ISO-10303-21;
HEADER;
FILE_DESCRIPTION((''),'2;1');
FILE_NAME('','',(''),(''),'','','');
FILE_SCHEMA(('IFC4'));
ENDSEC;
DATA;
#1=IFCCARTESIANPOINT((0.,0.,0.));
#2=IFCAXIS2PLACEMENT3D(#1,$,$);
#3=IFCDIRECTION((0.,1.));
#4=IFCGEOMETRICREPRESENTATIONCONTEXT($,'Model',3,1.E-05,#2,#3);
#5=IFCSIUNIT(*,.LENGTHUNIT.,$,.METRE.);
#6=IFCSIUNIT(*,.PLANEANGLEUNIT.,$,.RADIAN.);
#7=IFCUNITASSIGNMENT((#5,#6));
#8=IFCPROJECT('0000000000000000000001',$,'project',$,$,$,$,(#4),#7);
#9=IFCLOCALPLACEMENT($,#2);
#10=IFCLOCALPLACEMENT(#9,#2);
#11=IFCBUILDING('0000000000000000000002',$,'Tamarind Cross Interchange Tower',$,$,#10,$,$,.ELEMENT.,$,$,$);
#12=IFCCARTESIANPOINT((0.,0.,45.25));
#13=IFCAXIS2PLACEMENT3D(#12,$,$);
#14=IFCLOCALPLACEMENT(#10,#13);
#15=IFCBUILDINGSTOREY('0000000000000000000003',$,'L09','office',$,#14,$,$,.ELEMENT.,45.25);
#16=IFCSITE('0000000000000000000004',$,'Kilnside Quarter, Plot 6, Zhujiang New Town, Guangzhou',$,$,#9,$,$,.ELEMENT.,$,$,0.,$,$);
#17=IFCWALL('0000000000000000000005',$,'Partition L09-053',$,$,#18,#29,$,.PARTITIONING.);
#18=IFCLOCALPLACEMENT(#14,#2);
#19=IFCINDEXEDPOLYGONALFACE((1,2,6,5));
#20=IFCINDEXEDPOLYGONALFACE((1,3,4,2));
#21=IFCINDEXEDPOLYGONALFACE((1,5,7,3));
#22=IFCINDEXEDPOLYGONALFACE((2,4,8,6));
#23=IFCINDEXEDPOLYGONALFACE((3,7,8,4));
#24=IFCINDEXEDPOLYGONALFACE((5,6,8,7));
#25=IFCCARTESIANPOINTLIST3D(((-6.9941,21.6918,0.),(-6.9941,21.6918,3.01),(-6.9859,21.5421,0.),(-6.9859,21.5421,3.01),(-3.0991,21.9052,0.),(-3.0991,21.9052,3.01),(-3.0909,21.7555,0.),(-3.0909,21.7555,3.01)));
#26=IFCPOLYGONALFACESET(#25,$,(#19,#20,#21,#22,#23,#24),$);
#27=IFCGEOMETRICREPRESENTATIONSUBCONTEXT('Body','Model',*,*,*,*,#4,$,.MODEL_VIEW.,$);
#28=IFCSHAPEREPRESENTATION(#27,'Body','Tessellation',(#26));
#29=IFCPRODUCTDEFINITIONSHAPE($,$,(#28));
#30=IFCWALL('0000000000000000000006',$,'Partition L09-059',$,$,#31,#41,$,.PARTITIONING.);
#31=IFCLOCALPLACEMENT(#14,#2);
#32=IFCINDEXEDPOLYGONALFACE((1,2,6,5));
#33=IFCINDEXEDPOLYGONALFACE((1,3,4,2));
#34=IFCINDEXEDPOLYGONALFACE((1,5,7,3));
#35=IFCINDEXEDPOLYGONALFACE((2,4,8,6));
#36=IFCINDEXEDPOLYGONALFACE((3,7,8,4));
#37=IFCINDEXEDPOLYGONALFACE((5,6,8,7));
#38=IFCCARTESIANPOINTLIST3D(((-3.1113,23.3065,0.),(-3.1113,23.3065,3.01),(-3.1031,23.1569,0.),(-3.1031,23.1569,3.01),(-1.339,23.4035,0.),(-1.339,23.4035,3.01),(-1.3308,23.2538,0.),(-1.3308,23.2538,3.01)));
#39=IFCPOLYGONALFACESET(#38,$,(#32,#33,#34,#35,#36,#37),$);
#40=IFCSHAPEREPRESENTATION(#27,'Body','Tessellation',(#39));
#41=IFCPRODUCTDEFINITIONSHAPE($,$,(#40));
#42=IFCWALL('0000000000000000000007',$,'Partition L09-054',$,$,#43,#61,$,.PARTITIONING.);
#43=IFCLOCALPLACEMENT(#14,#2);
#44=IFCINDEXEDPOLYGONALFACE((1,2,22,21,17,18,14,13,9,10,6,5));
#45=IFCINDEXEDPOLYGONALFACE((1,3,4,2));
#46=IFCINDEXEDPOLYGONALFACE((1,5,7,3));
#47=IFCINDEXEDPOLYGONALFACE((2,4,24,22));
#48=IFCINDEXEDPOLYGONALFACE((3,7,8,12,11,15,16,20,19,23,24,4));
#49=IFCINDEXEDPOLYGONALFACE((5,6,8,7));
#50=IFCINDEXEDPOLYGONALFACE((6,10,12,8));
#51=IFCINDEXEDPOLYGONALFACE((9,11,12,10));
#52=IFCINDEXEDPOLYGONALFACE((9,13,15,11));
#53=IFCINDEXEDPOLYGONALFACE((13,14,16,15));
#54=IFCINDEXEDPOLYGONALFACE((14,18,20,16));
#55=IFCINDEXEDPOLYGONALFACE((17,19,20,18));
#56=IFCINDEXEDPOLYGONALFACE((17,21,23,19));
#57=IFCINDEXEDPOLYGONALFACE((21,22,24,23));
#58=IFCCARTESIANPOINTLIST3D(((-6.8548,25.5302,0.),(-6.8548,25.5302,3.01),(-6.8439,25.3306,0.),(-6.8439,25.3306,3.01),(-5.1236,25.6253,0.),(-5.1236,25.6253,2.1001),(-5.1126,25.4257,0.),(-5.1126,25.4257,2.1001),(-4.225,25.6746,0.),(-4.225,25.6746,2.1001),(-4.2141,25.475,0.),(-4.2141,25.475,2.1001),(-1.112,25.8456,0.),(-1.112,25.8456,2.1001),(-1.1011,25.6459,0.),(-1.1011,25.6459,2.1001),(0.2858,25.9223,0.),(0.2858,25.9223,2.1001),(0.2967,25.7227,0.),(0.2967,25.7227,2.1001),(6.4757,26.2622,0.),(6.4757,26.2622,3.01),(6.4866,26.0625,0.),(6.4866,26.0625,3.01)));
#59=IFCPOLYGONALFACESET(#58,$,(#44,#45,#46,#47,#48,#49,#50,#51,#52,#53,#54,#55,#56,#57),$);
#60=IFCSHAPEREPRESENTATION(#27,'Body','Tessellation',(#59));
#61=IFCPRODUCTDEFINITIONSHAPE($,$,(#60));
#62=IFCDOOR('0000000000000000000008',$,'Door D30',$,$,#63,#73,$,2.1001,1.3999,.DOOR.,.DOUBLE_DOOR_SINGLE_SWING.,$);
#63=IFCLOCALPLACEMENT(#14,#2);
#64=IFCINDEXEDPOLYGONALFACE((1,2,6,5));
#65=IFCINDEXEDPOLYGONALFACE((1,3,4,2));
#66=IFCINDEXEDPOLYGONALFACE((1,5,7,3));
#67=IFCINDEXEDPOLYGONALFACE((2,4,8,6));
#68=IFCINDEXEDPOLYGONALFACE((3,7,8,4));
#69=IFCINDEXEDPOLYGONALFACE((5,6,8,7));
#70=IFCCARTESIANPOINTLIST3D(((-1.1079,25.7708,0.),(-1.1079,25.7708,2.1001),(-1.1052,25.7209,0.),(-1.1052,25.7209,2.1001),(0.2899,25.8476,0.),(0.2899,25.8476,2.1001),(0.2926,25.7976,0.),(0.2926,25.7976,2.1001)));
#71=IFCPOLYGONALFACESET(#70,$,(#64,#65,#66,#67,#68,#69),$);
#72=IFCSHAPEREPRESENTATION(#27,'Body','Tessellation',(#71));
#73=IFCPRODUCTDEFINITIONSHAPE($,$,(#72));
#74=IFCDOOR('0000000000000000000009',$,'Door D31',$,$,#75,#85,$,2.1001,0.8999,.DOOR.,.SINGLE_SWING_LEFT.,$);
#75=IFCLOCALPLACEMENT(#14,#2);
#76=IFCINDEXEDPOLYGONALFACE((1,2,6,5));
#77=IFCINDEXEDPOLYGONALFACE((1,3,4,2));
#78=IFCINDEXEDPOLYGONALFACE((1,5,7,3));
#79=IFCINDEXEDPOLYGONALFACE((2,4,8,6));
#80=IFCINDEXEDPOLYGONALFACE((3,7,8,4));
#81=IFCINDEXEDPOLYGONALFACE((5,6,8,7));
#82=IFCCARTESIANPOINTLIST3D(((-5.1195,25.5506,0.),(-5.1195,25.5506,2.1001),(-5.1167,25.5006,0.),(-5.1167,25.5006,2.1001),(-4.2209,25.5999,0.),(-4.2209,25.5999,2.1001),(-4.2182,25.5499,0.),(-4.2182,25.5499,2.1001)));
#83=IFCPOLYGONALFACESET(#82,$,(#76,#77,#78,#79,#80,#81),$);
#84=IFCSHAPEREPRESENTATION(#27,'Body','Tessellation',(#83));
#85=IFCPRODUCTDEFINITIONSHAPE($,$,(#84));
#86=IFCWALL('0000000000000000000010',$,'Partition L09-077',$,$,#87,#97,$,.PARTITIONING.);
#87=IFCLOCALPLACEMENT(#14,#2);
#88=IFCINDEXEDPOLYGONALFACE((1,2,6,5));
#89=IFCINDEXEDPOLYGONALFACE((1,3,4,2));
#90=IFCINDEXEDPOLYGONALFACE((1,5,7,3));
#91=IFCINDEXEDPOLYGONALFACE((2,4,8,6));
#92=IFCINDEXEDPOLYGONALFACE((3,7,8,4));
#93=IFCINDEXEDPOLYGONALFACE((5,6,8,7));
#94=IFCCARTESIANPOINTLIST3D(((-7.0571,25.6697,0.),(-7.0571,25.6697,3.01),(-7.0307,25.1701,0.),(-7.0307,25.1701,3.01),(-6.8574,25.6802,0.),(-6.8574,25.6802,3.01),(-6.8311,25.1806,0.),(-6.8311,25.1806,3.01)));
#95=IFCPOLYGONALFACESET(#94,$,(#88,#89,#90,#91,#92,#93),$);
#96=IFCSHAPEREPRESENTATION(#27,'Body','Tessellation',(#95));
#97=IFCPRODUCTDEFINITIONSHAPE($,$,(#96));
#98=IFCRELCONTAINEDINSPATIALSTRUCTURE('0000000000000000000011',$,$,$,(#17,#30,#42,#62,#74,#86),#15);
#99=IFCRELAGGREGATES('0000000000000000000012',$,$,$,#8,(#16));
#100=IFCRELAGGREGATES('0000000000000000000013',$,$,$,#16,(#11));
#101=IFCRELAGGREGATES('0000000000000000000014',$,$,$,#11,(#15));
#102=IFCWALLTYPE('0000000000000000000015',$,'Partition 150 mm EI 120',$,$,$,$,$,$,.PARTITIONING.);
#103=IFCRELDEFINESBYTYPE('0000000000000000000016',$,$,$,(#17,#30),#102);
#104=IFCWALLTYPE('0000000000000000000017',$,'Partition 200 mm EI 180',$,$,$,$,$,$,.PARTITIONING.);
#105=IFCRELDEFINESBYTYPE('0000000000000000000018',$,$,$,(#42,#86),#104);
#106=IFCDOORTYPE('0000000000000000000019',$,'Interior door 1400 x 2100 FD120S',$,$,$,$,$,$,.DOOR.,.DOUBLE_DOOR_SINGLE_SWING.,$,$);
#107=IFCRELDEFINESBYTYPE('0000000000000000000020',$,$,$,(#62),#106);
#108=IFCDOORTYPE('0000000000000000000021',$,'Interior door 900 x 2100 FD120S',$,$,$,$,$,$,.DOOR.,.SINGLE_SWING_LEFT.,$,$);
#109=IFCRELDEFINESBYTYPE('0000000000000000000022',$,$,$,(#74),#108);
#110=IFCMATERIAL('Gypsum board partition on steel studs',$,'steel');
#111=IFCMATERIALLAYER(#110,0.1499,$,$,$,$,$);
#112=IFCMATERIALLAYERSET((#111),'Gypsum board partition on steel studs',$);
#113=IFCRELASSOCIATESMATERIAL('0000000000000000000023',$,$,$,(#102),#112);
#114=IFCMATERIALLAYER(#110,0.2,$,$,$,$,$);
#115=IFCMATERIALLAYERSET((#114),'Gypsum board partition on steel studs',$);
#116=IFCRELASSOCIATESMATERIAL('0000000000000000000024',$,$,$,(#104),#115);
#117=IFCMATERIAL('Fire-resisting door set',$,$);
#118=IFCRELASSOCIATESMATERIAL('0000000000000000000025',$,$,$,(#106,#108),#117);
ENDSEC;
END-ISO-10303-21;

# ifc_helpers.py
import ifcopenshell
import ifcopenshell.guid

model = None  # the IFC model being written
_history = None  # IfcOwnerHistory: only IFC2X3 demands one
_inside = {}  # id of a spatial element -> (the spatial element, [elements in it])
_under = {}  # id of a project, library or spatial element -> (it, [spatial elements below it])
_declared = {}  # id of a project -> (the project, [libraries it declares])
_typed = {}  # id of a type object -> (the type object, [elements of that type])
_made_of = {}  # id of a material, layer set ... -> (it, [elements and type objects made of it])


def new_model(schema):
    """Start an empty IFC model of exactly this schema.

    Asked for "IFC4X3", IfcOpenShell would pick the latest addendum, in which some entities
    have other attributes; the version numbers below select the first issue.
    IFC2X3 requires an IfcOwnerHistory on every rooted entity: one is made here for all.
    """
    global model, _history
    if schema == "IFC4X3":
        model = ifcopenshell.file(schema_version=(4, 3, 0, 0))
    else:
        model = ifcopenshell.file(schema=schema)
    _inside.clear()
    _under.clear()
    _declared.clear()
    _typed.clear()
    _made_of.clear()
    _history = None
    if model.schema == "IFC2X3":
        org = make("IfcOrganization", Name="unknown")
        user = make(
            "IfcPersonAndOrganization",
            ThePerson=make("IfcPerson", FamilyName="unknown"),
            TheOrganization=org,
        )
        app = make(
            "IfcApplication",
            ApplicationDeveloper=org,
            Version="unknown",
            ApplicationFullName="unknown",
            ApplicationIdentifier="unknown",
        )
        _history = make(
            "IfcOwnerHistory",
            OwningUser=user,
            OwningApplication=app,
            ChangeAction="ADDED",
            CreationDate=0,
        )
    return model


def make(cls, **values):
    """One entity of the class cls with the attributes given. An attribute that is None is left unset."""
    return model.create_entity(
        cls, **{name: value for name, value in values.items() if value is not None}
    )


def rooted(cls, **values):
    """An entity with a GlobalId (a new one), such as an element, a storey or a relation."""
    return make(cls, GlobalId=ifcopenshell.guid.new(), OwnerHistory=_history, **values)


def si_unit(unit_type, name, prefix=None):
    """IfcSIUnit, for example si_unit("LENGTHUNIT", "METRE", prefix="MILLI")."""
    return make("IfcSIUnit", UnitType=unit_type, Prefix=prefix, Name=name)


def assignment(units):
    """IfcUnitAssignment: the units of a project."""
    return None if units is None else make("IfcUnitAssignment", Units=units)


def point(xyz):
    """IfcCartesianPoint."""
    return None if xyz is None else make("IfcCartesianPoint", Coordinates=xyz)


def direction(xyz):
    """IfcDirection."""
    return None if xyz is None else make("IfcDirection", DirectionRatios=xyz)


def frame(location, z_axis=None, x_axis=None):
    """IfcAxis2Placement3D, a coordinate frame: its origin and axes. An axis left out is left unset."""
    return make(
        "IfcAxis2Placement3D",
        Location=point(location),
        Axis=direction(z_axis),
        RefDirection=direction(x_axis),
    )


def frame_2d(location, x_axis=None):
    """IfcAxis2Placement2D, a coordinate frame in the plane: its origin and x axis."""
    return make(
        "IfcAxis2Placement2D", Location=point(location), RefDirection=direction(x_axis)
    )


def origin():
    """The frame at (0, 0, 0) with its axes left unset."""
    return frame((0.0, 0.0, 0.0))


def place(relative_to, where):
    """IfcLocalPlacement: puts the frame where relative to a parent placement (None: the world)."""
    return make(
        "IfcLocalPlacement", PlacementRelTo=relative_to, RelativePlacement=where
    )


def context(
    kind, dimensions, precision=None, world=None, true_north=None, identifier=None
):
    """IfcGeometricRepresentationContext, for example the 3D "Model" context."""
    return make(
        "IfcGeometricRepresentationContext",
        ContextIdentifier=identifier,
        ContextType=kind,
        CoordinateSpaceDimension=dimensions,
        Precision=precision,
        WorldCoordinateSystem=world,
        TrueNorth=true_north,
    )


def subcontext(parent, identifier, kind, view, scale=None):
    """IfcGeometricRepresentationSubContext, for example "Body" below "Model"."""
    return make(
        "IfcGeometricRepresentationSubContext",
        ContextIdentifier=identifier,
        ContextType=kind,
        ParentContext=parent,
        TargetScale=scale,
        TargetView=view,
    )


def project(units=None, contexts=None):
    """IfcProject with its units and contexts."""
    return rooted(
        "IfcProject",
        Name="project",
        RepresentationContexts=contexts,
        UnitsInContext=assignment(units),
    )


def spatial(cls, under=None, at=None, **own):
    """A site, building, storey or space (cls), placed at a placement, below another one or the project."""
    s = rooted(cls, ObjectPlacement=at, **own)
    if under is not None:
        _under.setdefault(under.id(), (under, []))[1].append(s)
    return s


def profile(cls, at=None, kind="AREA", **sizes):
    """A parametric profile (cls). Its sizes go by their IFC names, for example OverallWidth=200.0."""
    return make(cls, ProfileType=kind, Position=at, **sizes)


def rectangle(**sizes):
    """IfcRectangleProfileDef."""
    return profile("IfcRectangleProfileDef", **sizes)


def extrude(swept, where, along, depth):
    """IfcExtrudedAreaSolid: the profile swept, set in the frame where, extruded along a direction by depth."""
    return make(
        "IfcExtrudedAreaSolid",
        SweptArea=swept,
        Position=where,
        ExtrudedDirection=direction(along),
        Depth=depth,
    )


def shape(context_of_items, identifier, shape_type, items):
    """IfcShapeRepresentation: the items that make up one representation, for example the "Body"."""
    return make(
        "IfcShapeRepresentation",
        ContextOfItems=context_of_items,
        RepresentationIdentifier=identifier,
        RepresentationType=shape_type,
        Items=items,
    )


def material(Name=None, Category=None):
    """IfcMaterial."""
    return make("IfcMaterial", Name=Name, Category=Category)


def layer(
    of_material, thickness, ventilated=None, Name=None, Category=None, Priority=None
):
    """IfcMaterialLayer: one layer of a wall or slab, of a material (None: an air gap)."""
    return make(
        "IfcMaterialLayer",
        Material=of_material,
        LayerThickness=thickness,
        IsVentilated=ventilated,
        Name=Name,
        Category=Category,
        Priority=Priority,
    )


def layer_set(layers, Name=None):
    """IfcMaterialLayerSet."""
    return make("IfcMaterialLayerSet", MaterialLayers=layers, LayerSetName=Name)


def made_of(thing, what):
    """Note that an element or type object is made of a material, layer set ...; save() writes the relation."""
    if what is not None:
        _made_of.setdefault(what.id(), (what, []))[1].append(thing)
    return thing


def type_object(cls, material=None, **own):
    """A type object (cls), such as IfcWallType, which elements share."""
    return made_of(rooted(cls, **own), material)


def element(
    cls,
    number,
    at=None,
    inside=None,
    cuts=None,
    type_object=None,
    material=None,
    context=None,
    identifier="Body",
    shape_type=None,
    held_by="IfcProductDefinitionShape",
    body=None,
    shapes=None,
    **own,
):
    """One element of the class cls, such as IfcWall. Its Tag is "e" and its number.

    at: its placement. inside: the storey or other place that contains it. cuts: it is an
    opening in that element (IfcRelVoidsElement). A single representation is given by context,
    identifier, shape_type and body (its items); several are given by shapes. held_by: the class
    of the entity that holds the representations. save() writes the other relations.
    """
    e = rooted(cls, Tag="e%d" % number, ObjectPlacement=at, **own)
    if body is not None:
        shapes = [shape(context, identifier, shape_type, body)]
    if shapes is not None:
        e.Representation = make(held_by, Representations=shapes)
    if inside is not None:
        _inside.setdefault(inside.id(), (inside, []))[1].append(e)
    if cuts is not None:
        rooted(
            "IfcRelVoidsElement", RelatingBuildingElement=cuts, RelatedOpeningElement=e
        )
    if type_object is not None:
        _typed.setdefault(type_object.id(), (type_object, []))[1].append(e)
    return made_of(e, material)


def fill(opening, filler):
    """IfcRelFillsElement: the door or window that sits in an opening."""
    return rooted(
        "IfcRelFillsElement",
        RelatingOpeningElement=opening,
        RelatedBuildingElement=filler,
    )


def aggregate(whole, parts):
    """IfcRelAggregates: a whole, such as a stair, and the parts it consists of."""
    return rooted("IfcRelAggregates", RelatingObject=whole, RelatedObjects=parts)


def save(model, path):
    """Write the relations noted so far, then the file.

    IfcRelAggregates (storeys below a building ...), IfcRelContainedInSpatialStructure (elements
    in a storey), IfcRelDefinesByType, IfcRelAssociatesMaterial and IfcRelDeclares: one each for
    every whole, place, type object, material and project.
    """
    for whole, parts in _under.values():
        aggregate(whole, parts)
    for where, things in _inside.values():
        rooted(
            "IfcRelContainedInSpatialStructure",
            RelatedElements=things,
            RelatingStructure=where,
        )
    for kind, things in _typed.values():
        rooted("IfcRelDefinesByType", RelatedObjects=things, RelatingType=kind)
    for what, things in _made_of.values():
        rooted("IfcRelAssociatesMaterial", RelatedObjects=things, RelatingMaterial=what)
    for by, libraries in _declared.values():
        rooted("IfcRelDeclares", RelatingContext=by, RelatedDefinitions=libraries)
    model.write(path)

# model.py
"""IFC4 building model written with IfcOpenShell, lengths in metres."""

from ifc_helpers import new_model, si_unit, direction, frame, frame_2d, origin, place, context, subcontext, project, spatial, rectangle, extrude, material, layer, layer_set, type_object, element, fill, save


model = new_model("IFC4")

# Units and contexts
model_context = context("Model", 3, precision=1e-05, world=origin(), true_north=direction((0.0, 1.0)))
body_context = subcontext(model_context, "Body", "Model", "MODEL_VIEW")
ifc_project = project(units=[si_unit("LENGTHUNIT", "METRE"), si_unit("PLANEANGLEUNIT", "RADIAN")], contexts=[model_context])

# Site, building, storey
site_placement = place(None, origin())
site = spatial("IfcSite", under=ifc_project, at=site_placement, Name="Kilnside Quarter, Plot 6, Zhujiang New Town, Guangzhou", CompositionType="ELEMENT", RefElevation=0.0)
building_placement = place(site_placement, origin())
building = spatial("IfcBuilding", under=site, at=building_placement, Name="Tamarind Cross Interchange Tower", CompositionType="ELEMENT")
storey_placement = place(building_placement, frame((0.0, 0.0, 45.25)))
storey = spatial("IfcBuildingStorey", under=building, at=storey_placement, Name="L09", Description="office", CompositionType="ELEMENT", Elevation=45.25)

# Shared definitions
ifc_material_1 = material(Name="Gypsum board partition on steel studs", Category="steel")

# Shared definitions
ifc_layer_1 = layer(ifc_material_1, 0.1499)
ifc_layer_set_1 = layer_set([ifc_layer_1], Name="Gypsum board partition on steel studs")
wall_type_1 = type_object("IfcWallType", Name="Partition 150 mm EI 120", PredefinedType="PARTITIONING", material=ifc_layer_set_1)
ifc_material_2 = material(Name="Fire-resisting door set")

# Walls
wall_1_placement = place(storey_placement, frame((-6.99, 21.6169, 0.0), z_axis=(0.0, 0.0, 1.0), x_axis=(0.998503, 0.0547, 0.0)))
element("IfcWall", 1, at=wall_1_placement, inside=storey, type_object=wall_type_1, Name="Partition L09-053", PredefinedType="PARTITIONING", context=body_context, shape_type="SweptSolid", body=[
    extrude(rectangle(XDim=3.9009, YDim=0.1499, at=frame_2d((1.9504, 0.0))), origin(), (0.0, 0.0, 1.0), 3.01),
])
wall_2_placement = place(storey_placement, frame((-3.1072, 23.2317, 0.0), z_axis=(0.0, 0.0, 1.0), x_axis=(0.998508, 0.054609, 0.0)))
element("IfcWall", 2, at=wall_2_placement, inside=storey, type_object=wall_type_1, Name="Partition L09-059", PredefinedType="PARTITIONING", context=body_context, shape_type="SweptSolid", body=[
    extrude(rectangle(XDim=1.7749, YDim=0.1499, at=frame_2d((0.8875, 0.0))), origin(), (0.0, 0.0, 1.0), 3.01),
])

# Wall, openings, doors
ifc_layer_2 = layer(ifc_material_1, 0.2)
ifc_layer_set_2 = layer_set([ifc_layer_2], Name="Gypsum board partition on steel studs")
wall_type_2 = type_object("IfcWallType", Name="Partition 200 mm EI 180", PredefinedType="PARTITIONING", material=ifc_layer_set_2)
wall_3_placement = place(storey_placement, frame((-6.8494, 25.4304, 0.0), z_axis=(0.0, 0.0, 1.0), x_axis=(0.998496, 0.054824, 0.0)))
wall_3 = element("IfcWall", 3, at=wall_3_placement, inside=storey, type_object=wall_type_2, Name="Partition L09-054", PredefinedType="PARTITIONING", context=body_context, shape_type="SweptSolid", body=[
    extrude(rectangle(XDim=13.3506, YDim=0.2, at=frame_2d((6.6753, 0.0))), origin(), (0.0, 0.0, 1.0), 3.01),
])
opening_1_placement = place(wall_3_placement, frame((5.7515, 0.0, 0.0)))
opening_1 = element("IfcOpeningElement", 4, at=opening_1_placement, cuts=wall_3, PredefinedType="OPENING", context=body_context, shape_type="SweptSolid", body=[
    extrude(rectangle(XDim=1.3999, YDim=2.1001, at=frame_2d((0.7, 1.05))), frame((0.0, 0.1099, 0.0), z_axis=(0.0, -1.0, 0.0), x_axis=(1.0, 0.0, 0.0)), (0.0, 0.0, 1.0), 0.22),
])
opening_2_placement = place(wall_3_placement, frame((1.7339, 0.0, 0.0)))
opening_2 = element("IfcOpeningElement", 5, at=opening_2_placement, cuts=wall_3, PredefinedType="OPENING", context=body_context, shape_type="SweptSolid", body=[
    extrude(rectangle(XDim=0.8999, YDim=2.1001, at=frame_2d((0.45, 1.05))), frame((0.0, 0.1099, 0.0), z_axis=(0.0, -1.0, 0.0), x_axis=(1.0, 0.0, 0.0)), (0.0, 0.0, 1.0), 0.22),
])
door_type_1 = type_object("IfcDoorType", Name="Interior door 1400 x 2100 FD120S", OperationType="DOUBLE_DOOR_SINGLE_SWING", PredefinedType="DOOR", material=ifc_material_2)
door_1_placement = place(opening_1_placement, frame((1.3999, 0.0, 0.0), z_axis=(0.0, 0.0, 1.0), x_axis=(-1.0, 0.0, 0.0)))
door_1 = element("IfcDoor", 6, at=door_1_placement, inside=storey, type_object=door_type_1, Name="Door D30", OperationType="DOUBLE_DOOR_SINGLE_SWING", OverallHeight=2.1001, OverallWidth=1.3999, PredefinedType="DOOR", context=body_context, shape_type="SweptSolid", body=[
    extrude(rectangle(XDim=1.3999, YDim=2.1001, at=frame_2d((0.7, 1.05))), frame((0.0, 0.0249, 0.0), z_axis=(0.0, -1.0, 0.0), x_axis=(1.0, 0.0, 0.0)), (0.0, 0.0, 1.0), 0.05),
])
fill(opening_1, door_1)
door_type_2 = type_object("IfcDoorType", Name="Interior door 900 x 2100 FD120S", OperationType="SINGLE_SWING_LEFT", PredefinedType="DOOR", material=ifc_material_2)
door_2_placement = place(opening_2_placement, frame((0.8999, 0.0, 0.0), z_axis=(0.0, 0.0, 1.0), x_axis=(-1.0, 0.0, 0.0)))
door_2 = element("IfcDoor", 7, at=door_2_placement, inside=storey, type_object=door_type_2, Name="Door D31", OperationType="SINGLE_SWING_LEFT", OverallHeight=2.1001, OverallWidth=0.8999, PredefinedType="DOOR", context=body_context, shape_type="SweptSolid", body=[
    extrude(rectangle(XDim=0.8999, YDim=2.1001, at=frame_2d((0.45, 1.05))), frame((0.0, 0.0249, 0.0), z_axis=(0.0, -1.0, 0.0), x_axis=(1.0, 0.0, 0.0)), (0.0, 0.0, 1.0), 0.05),
])
fill(opening_2, door_2)

# Wall
wall_4_placement = place(storey_placement, frame((-6.9573, 25.6748, 0.0), z_axis=(0.0, 0.0, 1.0), x_axis=(0.052713, -0.99861, 0.0)))
element("IfcWall", 8, at=wall_4_placement, inside=storey, type_object=wall_type_2, Name="Partition L09-077", PredefinedType="PARTITIONING", context=body_context, shape_type="SweptSolid", body=[
    extrude(rectangle(XDim=0.5002, YDim=0.2, at=frame_2d((0.25, 0.0))), origin(), (0.0, 0.0, 1.0), 3.01),
])

save(model, "model.ifc")
